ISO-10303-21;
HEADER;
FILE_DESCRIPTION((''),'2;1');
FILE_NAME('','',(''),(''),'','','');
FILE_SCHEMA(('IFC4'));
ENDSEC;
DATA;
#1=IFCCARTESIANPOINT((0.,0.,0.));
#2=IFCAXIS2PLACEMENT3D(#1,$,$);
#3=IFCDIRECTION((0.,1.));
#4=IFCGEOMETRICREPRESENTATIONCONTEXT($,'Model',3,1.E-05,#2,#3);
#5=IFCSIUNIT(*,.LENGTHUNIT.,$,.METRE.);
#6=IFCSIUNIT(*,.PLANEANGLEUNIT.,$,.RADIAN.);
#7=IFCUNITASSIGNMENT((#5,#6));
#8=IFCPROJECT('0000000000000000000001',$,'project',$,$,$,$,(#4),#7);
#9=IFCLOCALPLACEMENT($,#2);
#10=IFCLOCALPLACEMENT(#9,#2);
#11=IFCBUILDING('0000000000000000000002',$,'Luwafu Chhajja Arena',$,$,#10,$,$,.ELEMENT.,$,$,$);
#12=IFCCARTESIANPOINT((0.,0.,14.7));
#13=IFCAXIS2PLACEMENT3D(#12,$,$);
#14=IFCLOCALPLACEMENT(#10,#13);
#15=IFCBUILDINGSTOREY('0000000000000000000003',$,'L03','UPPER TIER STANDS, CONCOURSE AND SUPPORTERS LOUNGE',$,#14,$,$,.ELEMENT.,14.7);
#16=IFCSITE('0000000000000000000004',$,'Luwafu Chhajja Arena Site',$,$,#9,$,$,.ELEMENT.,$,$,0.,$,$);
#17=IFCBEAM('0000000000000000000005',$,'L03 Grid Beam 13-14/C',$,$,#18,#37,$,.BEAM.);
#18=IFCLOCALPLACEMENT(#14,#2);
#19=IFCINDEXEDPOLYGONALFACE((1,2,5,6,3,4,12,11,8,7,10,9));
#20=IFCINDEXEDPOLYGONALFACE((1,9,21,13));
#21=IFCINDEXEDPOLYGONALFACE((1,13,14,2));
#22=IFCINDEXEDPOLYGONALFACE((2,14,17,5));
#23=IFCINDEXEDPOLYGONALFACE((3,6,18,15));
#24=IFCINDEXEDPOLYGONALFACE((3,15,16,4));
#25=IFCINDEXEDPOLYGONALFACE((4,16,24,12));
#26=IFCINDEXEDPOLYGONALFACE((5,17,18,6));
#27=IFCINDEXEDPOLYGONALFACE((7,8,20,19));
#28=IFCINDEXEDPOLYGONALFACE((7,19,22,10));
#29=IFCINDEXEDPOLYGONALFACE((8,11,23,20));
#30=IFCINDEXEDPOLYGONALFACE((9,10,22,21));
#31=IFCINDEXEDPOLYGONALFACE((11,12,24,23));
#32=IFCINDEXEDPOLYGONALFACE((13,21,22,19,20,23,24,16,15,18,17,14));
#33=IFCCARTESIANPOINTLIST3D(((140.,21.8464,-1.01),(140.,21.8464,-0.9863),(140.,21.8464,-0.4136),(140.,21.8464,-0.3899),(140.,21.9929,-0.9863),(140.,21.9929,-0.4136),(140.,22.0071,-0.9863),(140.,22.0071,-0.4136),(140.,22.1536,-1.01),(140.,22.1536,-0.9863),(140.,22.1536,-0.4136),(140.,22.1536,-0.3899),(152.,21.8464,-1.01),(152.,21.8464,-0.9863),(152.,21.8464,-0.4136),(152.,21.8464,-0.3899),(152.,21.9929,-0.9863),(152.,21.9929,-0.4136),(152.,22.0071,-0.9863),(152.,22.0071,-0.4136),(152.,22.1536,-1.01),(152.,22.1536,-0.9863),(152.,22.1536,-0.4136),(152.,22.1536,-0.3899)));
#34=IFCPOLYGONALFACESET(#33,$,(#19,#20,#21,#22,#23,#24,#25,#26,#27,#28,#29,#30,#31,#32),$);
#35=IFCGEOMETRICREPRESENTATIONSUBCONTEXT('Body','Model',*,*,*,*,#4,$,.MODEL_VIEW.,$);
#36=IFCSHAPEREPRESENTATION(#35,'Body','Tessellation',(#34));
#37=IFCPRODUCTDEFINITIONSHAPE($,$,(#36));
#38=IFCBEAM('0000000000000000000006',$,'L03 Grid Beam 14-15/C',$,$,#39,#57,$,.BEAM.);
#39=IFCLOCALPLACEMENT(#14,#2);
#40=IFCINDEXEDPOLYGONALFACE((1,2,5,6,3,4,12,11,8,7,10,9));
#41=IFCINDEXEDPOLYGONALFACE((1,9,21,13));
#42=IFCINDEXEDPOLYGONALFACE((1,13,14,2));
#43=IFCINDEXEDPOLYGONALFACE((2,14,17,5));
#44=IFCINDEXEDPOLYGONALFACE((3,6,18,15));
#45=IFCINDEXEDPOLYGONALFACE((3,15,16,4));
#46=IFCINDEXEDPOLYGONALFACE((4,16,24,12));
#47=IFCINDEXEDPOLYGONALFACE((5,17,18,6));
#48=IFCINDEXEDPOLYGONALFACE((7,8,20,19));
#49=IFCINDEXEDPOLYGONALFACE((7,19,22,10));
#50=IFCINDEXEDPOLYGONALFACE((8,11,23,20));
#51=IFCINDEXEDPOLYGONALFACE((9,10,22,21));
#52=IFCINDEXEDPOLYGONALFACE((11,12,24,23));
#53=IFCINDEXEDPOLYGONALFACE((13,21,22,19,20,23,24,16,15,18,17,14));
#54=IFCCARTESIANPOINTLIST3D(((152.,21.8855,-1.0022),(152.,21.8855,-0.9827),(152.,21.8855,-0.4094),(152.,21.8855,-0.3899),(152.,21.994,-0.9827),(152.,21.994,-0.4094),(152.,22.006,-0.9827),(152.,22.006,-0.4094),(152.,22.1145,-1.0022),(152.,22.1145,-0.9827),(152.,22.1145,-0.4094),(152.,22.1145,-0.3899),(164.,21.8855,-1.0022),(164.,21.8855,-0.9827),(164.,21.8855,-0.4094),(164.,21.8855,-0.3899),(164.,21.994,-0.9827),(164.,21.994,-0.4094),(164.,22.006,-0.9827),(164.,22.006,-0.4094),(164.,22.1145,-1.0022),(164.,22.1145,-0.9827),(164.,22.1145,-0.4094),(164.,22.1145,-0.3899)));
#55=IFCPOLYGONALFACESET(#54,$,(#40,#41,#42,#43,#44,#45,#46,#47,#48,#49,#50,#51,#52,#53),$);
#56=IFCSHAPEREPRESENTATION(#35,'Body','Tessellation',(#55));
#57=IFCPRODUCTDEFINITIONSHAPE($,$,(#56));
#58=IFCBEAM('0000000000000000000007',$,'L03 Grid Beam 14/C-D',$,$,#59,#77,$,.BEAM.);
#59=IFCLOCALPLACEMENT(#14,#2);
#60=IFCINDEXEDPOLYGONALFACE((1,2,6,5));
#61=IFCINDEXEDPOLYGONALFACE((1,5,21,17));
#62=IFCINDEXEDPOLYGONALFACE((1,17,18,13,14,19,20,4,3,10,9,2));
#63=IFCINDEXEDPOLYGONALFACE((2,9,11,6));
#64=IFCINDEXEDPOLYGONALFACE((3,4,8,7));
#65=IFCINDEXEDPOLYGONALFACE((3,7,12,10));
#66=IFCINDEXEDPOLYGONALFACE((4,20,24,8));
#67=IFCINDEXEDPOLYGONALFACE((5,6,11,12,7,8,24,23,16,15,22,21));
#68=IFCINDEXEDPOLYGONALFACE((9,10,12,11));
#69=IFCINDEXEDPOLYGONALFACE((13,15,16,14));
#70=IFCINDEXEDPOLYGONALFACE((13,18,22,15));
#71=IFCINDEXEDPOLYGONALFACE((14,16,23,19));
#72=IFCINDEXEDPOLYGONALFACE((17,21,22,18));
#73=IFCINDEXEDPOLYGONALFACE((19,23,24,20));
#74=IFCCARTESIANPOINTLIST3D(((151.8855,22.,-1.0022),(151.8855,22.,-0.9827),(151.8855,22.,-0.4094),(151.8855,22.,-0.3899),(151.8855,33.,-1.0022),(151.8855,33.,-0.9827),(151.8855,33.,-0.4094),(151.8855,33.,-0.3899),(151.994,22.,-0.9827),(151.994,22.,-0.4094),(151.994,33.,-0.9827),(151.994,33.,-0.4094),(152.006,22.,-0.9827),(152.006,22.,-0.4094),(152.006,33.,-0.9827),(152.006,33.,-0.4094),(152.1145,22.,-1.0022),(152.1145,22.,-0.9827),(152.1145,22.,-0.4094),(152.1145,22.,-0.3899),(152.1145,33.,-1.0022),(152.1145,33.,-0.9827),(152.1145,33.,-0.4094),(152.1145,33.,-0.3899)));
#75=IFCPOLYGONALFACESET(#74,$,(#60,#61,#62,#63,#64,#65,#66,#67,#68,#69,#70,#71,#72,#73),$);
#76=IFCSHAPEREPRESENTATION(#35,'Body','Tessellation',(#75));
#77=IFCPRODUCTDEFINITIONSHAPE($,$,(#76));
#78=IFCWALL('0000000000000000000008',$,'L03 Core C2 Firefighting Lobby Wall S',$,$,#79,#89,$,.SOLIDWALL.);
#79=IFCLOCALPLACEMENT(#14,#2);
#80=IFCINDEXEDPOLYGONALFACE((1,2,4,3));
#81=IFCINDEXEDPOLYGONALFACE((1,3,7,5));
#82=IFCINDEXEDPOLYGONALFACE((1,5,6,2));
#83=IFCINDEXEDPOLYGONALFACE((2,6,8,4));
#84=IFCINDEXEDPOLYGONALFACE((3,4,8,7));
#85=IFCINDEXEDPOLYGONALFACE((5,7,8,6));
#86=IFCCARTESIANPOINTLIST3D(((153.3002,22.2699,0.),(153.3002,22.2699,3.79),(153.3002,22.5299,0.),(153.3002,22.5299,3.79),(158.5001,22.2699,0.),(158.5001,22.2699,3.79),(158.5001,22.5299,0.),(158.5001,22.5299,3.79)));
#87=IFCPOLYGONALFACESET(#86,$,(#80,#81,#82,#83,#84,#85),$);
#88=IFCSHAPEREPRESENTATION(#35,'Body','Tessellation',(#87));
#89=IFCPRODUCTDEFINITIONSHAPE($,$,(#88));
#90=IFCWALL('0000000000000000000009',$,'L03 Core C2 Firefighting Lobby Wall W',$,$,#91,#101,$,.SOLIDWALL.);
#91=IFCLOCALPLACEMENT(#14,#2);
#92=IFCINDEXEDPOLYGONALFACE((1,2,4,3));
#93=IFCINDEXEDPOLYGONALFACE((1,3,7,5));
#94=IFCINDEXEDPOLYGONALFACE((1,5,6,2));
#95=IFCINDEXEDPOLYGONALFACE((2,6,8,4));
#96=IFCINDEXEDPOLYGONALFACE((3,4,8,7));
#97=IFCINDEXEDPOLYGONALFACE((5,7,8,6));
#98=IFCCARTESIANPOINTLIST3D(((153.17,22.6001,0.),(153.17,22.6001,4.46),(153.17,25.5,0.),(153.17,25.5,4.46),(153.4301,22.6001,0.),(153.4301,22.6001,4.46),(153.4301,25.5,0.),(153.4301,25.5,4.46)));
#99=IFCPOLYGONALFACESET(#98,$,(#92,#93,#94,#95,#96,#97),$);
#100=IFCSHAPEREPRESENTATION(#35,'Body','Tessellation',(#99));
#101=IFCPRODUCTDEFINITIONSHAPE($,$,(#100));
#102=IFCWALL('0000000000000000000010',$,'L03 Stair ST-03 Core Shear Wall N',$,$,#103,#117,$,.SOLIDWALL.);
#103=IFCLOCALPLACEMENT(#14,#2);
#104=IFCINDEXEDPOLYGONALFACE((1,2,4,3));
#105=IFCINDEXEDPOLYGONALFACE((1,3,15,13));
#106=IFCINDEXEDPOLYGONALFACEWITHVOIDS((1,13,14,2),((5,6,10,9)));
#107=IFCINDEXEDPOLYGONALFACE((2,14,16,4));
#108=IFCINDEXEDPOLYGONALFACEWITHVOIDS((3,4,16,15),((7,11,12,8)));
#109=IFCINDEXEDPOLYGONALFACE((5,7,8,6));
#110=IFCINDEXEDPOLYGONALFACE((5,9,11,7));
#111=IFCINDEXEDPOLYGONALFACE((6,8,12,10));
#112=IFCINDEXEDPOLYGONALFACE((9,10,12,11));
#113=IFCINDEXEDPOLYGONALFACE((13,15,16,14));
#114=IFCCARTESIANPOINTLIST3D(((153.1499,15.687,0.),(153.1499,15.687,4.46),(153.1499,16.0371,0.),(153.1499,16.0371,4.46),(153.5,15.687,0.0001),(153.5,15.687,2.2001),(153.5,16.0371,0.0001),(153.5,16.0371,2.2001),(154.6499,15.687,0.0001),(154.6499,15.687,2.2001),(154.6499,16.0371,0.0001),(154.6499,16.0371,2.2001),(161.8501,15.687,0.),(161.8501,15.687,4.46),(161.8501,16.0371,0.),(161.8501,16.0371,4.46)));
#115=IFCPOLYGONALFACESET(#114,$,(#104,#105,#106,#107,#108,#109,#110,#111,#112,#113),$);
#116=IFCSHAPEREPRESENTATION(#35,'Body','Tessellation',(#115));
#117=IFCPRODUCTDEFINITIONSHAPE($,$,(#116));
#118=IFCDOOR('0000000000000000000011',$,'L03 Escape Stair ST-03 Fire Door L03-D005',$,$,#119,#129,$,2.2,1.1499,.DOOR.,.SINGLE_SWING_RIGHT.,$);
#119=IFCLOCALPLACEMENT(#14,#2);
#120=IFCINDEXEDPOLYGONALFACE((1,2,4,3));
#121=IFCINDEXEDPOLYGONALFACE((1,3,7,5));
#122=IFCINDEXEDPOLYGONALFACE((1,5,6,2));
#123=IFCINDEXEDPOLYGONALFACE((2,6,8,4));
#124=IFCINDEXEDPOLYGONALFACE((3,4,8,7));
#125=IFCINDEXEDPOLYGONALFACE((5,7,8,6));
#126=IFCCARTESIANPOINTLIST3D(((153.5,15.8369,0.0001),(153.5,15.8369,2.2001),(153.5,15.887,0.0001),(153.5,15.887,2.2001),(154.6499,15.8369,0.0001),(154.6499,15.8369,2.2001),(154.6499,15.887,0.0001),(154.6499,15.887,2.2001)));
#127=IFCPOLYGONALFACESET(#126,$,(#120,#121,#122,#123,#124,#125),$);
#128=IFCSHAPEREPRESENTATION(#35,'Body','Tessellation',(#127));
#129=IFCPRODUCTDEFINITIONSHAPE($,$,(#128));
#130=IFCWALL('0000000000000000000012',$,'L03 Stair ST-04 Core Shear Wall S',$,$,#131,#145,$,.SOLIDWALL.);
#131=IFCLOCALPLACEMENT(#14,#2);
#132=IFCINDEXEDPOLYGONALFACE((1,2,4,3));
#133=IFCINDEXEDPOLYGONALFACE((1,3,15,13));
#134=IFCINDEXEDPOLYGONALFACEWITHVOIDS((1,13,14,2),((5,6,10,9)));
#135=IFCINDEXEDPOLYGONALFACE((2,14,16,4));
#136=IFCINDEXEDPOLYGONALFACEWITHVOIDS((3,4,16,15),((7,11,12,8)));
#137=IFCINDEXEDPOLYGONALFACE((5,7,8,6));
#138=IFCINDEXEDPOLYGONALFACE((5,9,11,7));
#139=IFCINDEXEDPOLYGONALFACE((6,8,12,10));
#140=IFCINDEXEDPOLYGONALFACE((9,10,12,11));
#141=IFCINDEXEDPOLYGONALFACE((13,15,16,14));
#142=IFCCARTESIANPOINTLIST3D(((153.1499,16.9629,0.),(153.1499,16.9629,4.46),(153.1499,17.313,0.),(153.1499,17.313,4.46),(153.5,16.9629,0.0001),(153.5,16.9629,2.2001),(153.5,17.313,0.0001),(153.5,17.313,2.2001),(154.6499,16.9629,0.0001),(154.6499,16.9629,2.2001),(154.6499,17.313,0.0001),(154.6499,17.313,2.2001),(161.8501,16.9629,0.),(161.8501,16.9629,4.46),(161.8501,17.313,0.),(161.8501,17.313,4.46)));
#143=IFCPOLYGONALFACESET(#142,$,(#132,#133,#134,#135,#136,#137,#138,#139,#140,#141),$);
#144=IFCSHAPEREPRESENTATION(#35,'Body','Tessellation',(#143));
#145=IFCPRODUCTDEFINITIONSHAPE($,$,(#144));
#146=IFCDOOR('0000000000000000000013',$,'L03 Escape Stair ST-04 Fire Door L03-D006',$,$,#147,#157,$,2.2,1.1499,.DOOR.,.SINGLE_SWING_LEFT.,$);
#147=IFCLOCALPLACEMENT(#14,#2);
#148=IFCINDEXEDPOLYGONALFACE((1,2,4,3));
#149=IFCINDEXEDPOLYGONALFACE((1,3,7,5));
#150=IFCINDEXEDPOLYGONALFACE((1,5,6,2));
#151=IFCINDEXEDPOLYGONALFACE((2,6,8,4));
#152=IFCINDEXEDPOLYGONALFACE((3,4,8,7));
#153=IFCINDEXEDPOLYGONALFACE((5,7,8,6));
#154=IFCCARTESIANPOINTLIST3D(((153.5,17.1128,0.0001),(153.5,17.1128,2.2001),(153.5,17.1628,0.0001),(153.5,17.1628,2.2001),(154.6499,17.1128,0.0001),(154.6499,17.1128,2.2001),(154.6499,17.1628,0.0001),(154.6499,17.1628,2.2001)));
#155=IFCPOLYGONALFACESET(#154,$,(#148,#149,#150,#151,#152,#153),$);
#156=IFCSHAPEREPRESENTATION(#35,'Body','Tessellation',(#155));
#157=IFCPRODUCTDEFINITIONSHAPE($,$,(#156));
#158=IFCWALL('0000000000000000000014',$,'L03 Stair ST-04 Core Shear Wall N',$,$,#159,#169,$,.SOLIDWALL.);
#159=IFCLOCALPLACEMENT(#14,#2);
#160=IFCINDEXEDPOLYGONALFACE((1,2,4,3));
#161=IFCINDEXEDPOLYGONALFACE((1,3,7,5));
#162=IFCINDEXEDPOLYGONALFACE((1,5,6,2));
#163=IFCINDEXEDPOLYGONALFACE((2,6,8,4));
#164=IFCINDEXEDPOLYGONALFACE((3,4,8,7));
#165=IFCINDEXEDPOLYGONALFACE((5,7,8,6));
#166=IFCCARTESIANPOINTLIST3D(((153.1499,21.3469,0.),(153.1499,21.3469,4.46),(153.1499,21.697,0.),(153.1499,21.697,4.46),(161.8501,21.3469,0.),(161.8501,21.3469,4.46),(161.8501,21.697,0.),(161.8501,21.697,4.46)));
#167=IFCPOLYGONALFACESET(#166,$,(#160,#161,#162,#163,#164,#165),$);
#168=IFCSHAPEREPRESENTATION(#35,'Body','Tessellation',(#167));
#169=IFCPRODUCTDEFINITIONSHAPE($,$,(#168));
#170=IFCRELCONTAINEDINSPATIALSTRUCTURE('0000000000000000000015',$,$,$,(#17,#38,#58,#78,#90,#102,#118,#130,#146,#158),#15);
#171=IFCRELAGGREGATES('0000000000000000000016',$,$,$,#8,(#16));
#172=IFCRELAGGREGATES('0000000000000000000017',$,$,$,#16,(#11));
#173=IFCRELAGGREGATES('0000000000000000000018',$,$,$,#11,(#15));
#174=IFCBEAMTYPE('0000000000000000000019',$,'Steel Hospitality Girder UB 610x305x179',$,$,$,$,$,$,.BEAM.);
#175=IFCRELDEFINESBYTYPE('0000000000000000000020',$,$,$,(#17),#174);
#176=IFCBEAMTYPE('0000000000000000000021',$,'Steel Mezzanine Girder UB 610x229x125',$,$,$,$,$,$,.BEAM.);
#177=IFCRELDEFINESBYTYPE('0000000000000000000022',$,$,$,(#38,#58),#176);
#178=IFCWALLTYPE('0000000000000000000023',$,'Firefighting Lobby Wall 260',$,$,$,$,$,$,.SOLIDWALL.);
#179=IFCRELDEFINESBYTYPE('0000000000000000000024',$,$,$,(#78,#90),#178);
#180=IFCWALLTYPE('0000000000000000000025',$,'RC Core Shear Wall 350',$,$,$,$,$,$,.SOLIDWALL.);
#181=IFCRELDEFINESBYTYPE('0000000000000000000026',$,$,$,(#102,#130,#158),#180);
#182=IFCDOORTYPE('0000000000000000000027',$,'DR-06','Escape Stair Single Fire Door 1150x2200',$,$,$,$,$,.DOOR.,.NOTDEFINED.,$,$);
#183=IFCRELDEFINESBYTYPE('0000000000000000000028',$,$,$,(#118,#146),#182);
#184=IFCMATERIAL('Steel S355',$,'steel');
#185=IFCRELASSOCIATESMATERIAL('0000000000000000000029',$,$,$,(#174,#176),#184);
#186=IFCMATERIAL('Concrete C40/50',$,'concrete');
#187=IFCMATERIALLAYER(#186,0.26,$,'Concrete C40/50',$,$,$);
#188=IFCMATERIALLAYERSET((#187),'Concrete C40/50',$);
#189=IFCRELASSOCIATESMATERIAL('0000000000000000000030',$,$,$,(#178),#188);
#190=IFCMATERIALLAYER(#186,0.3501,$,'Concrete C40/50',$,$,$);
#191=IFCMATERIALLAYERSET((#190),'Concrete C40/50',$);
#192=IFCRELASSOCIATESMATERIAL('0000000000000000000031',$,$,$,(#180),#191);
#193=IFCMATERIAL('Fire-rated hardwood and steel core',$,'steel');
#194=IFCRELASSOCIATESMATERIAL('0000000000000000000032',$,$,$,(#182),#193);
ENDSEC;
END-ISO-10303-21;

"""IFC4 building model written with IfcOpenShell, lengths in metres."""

from ifc_helpers import new_model, si_unit, direction, frame, frame_2d, origin, origin_2d, place, context, subcontext, project, spatial, rectangle, i_section, extrude, material, layer, layer_set, material_profile, profile_set, type_object, element, fill, save


model = new_model("IFC4")

# Units and contexts
model_context = context("Model", 3, precision=1e-05, world=origin(), true_north=direction((0.0, 1.0)))
body_context = subcontext(model_context, "Body", "Model", "MODEL_VIEW")
ifc_project = project(units=[si_unit("LENGTHUNIT", "METRE"), si_unit("PLANEANGLEUNIT", "RADIAN")], contexts=[model_context])

# Site, building, storey
site_placement = place(None, origin())
site = spatial("IfcSite", under=ifc_project, at=site_placement, Name="Luwafu Chhajja Arena Site", CompositionType="ELEMENT", RefElevation=0.0)
building_placement = place(site_placement, origin())
building = spatial("IfcBuilding", under=site, at=building_placement, Name="Luwafu Chhajja Arena", CompositionType="ELEMENT")
storey_placement = place(building_placement, frame((0.0, 0.0, 14.7)))
storey = spatial("IfcBuildingStorey", under=building, at=storey_placement, Name="L03", Description="UPPER TIER STANDS, CONCOURSE AND SUPPORTERS LOUNGE", CompositionType="ELEMENT", Elevation=14.7)

# Shared definitions
ifc_material_1 = material(Name="Steel S355", Category="steel")

# Beams
ifc_material_profile_1 = material_profile(ifc_material_1, i_section(OverallWidth=0.3071, OverallDepth=0.6201, WebThickness=0.0142, FlangeThickness=0.0237, at=origin_2d()), Name="UB 610x305x179")
ifc_profile_set_1 = profile_set([ifc_material_profile_1], Name="Steel S355")
beam_type_1 = type_object("IfcBeamType", Name="Steel Hospitality Girder UB 610x305x179", PredefinedType="BEAM", material=ifc_profile_set_1)
beam_1_placement = place(storey_placement, frame((140.0, 22.0, -0.7), z_axis=(1.0, 0.0, 0.0), x_axis=(0.0, 1.0, 0.0)))
element("IfcBeam", 1, at=beam_1_placement, inside=storey, type_object=beam_type_1, Name="L03 Grid Beam 13-14/C", PredefinedType="BEAM", context=body_context, shape_type="SweptSolid", body=[
    extrude(i_section(OverallWidth=0.3071, OverallDepth=0.6201, WebThickness=0.0142, FlangeThickness=0.0237, at=origin_2d()), origin(), (0.0, 0.0, 1.0), 12.0),
])
ifc_material_profile_2 = material_profile(ifc_material_1, i_section(OverallWidth=0.229, OverallDepth=0.6123, WebThickness=0.012, FlangeThickness=0.0195, at=origin_2d()), Name="UB 610x229x125")
ifc_profile_set_2 = profile_set([ifc_material_profile_2], Name="Steel S355")
beam_type_2 = type_object("IfcBeamType", Name="Steel Mezzanine Girder UB 610x229x125", PredefinedType="BEAM", material=ifc_profile_set_2)
beam_2_placement = place(storey_placement, frame((152.0, 22.0, -0.696), z_axis=(1.0, 0.0, 0.0), x_axis=(0.0, 1.0, 0.0)))
element("IfcBeam", 2, at=beam_2_placement, inside=storey, type_object=beam_type_2, Name="L03 Grid Beam 14-15/C", PredefinedType="BEAM", context=body_context, shape_type="SweptSolid", body=[
    extrude(i_section(OverallWidth=0.229, OverallDepth=0.6123, WebThickness=0.012, FlangeThickness=0.0195, at=origin_2d()), origin(), (0.0, 0.0, 1.0), 12.0),
])
beam_3_placement = place(storey_placement, frame((152.0, 22.0, -0.696), z_axis=(0.0, 1.0, 0.0), x_axis=(-1.0, 0.0, 0.0)))
element("IfcBeam", 3, at=beam_3_placement, inside=storey, type_object=beam_type_2, Name="L03 Grid Beam 14/C-D", PredefinedType="BEAM", context=body_context, shape_type="SweptSolid", body=[
    extrude(i_section(OverallWidth=0.229, OverallDepth=0.6123, WebThickness=0.012, FlangeThickness=0.0195, at=origin_2d()), origin(), (0.0, 0.0, 1.0), 11.0),
])

# Walls
ifc_material_2 = material(Name="Concrete C40/50", Category="concrete")
ifc_layer_1 = layer(ifc_material_2, 0.26, Name="Concrete C40/50")
ifc_layer_set_1 = layer_set([ifc_layer_1], Name="Concrete C40/50")
wall_type_1 = type_object("IfcWallType", Name="Firefighting Lobby Wall 260", PredefinedType="SOLIDWALL", material=ifc_layer_set_1)
wall_1_placement = place(storey_placement, frame((153.3, 22.3999, 0.0), z_axis=(0.0, 0.0, 1.0), x_axis=(1.0, 0.0, 0.0)))
element("IfcWall", 4, at=wall_1_placement, inside=storey, type_object=wall_type_1, Name="L03 Core C2 Firefighting Lobby Wall S", PredefinedType="SOLIDWALL", context=body_context, shape_type="SweptSolid", body=[
    extrude(rectangle(XDim=5.2, YDim=0.26, at=frame_2d((2.6001, 0.0))), origin(), (0.0, 0.0, 1.0), 3.79),
])
wall_2_placement = place(storey_placement, frame((153.3, 22.6001, 0.0), z_axis=(0.0, 0.0, 1.0), x_axis=(0.0, 1.0, 0.0)))
element("IfcWall", 5, at=wall_2_placement, inside=storey, type_object=wall_type_1, Name="L03 Core C2 Firefighting Lobby Wall W", PredefinedType="SOLIDWALL", context=body_context, shape_type="SweptSolid", body=[
    extrude(rectangle(XDim=2.8999, YDim=0.26, at=frame_2d((1.45, 0.0))), origin(), (0.0, 0.0, 1.0), 4.46),
])

# Walls, openings, doors
ifc_layer_2 = layer(ifc_material_2, 0.3501, Name="Concrete C40/50")
ifc_layer_set_2 = layer_set([ifc_layer_2], Name="Concrete C40/50")
wall_type_2 = type_object("IfcWallType", Name="RC Core Shear Wall 350", PredefinedType="SOLIDWALL", material=ifc_layer_set_2)
wall_3_placement = place(storey_placement, frame((153.1499, 15.8621, 0.0), z_axis=(0.0, 0.0, 1.0), x_axis=(1.0, 0.0, 0.0)))
wall_3 = element("IfcWall", 6, at=wall_3_placement, inside=storey, type_object=wall_type_2, Name="L03 Stair ST-03 Core Shear Wall N", PredefinedType="SOLIDWALL", context=body_context, shape_type="SweptSolid", body=[
    extrude(rectangle(XDim=8.7002, YDim=0.3501, at=frame_2d((4.3501, 0.0))), origin(), (0.0, 0.0, 1.0), 4.46),
])
opening_1_placement = place(wall_3_placement, frame((0.3501, 0.0, 0.0)))
opening_1 = element("IfcOpeningElement", 7, at=opening_1_placement, cuts=wall_3, PredefinedType="OPENING", context=body_context, shape_type="SweptSolid", body=[
    extrude(rectangle(XDim=1.1499, YDim=2.2, at=frame_2d((0.575, 1.1001))), frame((0.0, 0.1851, 0.0), z_axis=(0.0, -1.0, 0.0), x_axis=(1.0, 0.0, 0.0)), (0.0, 0.0, 1.0), 0.3701),
])
ifc_material_3 = material(Name="Fire-rated hardwood and steel core", Category="steel")
door_type = type_object("IfcDoorType", Name="DR-06", Description="Escape Stair Single Fire Door 1150x2200", OperationType="NOTDEFINED", PredefinedType="DOOR", material=ifc_material_3)
door_1_placement = place(opening_1_placement, origin())
door_1 = element("IfcDoor", 8, at=door_1_placement, inside=storey, type_object=door_type, Name="L03 Escape Stair ST-03 Fire Door L03-D005", OperationType="SINGLE_SWING_RIGHT", OverallHeight=2.2, OverallWidth=1.1499, PredefinedType="DOOR", context=body_context, shape_type="SweptSolid", body=[
    extrude(rectangle(XDim=1.1499, YDim=2.2, at=frame_2d((0.575, 1.1001))), frame((0.0, 0.0249, 0.0), z_axis=(0.0, -1.0, 0.0), x_axis=(1.0, 0.0, 0.0)), (0.0, 0.0, 1.0), 0.05),
])
fill(opening_1, door_1)
wall_4_placement = place(storey_placement, frame((153.1499, 17.1379, 0.0), z_axis=(0.0, 0.0, 1.0), x_axis=(1.0, 0.0, 0.0)))
wall_4 = element("IfcWall", 9, at=wall_4_placement, inside=storey, type_object=wall_type_2, Name="L03 Stair ST-04 Core Shear Wall S", PredefinedType="SOLIDWALL", context=body_context, shape_type="SweptSolid", body=[
    extrude(rectangle(XDim=8.7002, YDim=0.3501, at=frame_2d((4.3501, 0.0))), origin(), (0.0, 0.0, 1.0), 4.46),
])
opening_2_placement = place(wall_4_placement, frame((0.3501, 0.0, 0.0)))
opening_2 = element("IfcOpeningElement", 10, at=opening_2_placement, cuts=wall_4, PredefinedType="OPENING", context=body_context, shape_type="SweptSolid", body=[
    extrude(rectangle(XDim=1.1499, YDim=2.2, at=frame_2d((0.575, 1.1001))), frame((0.0, 0.1851, 0.0), z_axis=(0.0, -1.0, 0.0), x_axis=(1.0, 0.0, 0.0)), (0.0, 0.0, 1.0), 0.3701),
])
door_2_placement = place(opening_2_placement, origin())
door_2 = element("IfcDoor", 11, at=door_2_placement, inside=storey, type_object=door_type, Name="L03 Escape Stair ST-04 Fire Door L03-D006", OperationType="SINGLE_SWING_LEFT", OverallHeight=2.2, OverallWidth=1.1499, PredefinedType="DOOR", context=body_context, shape_type="SweptSolid", body=[
    extrude(rectangle(XDim=1.1499, YDim=2.2, at=frame_2d((0.575, 1.1001))), frame((0.0, 0.0249, 0.0), z_axis=(0.0, -1.0, 0.0), x_axis=(1.0, 0.0, 0.0)), (0.0, 0.0, 1.0), 0.05),
])
fill(opening_2, door_2)

# Wall
wall_5_placement = place(storey_placement, frame((153.1499, 21.522, 0.0), z_axis=(0.0, 0.0, 1.0), x_axis=(1.0, 0.0, 0.0)))
element("IfcWall", 12, at=wall_5_placement, inside=storey, type_object=wall_type_2, Name="L03 Stair ST-04 Core Shear Wall N", PredefinedType="SOLIDWALL", context=body_context, shape_type="SweptSolid", body=[
    extrude(rectangle(XDim=8.7002, YDim=0.3501, at=frame_2d((4.3501, 0.0))), origin(), (0.0, 0.0, 1.0), 4.46),
])

save(model, "model.ifc")
